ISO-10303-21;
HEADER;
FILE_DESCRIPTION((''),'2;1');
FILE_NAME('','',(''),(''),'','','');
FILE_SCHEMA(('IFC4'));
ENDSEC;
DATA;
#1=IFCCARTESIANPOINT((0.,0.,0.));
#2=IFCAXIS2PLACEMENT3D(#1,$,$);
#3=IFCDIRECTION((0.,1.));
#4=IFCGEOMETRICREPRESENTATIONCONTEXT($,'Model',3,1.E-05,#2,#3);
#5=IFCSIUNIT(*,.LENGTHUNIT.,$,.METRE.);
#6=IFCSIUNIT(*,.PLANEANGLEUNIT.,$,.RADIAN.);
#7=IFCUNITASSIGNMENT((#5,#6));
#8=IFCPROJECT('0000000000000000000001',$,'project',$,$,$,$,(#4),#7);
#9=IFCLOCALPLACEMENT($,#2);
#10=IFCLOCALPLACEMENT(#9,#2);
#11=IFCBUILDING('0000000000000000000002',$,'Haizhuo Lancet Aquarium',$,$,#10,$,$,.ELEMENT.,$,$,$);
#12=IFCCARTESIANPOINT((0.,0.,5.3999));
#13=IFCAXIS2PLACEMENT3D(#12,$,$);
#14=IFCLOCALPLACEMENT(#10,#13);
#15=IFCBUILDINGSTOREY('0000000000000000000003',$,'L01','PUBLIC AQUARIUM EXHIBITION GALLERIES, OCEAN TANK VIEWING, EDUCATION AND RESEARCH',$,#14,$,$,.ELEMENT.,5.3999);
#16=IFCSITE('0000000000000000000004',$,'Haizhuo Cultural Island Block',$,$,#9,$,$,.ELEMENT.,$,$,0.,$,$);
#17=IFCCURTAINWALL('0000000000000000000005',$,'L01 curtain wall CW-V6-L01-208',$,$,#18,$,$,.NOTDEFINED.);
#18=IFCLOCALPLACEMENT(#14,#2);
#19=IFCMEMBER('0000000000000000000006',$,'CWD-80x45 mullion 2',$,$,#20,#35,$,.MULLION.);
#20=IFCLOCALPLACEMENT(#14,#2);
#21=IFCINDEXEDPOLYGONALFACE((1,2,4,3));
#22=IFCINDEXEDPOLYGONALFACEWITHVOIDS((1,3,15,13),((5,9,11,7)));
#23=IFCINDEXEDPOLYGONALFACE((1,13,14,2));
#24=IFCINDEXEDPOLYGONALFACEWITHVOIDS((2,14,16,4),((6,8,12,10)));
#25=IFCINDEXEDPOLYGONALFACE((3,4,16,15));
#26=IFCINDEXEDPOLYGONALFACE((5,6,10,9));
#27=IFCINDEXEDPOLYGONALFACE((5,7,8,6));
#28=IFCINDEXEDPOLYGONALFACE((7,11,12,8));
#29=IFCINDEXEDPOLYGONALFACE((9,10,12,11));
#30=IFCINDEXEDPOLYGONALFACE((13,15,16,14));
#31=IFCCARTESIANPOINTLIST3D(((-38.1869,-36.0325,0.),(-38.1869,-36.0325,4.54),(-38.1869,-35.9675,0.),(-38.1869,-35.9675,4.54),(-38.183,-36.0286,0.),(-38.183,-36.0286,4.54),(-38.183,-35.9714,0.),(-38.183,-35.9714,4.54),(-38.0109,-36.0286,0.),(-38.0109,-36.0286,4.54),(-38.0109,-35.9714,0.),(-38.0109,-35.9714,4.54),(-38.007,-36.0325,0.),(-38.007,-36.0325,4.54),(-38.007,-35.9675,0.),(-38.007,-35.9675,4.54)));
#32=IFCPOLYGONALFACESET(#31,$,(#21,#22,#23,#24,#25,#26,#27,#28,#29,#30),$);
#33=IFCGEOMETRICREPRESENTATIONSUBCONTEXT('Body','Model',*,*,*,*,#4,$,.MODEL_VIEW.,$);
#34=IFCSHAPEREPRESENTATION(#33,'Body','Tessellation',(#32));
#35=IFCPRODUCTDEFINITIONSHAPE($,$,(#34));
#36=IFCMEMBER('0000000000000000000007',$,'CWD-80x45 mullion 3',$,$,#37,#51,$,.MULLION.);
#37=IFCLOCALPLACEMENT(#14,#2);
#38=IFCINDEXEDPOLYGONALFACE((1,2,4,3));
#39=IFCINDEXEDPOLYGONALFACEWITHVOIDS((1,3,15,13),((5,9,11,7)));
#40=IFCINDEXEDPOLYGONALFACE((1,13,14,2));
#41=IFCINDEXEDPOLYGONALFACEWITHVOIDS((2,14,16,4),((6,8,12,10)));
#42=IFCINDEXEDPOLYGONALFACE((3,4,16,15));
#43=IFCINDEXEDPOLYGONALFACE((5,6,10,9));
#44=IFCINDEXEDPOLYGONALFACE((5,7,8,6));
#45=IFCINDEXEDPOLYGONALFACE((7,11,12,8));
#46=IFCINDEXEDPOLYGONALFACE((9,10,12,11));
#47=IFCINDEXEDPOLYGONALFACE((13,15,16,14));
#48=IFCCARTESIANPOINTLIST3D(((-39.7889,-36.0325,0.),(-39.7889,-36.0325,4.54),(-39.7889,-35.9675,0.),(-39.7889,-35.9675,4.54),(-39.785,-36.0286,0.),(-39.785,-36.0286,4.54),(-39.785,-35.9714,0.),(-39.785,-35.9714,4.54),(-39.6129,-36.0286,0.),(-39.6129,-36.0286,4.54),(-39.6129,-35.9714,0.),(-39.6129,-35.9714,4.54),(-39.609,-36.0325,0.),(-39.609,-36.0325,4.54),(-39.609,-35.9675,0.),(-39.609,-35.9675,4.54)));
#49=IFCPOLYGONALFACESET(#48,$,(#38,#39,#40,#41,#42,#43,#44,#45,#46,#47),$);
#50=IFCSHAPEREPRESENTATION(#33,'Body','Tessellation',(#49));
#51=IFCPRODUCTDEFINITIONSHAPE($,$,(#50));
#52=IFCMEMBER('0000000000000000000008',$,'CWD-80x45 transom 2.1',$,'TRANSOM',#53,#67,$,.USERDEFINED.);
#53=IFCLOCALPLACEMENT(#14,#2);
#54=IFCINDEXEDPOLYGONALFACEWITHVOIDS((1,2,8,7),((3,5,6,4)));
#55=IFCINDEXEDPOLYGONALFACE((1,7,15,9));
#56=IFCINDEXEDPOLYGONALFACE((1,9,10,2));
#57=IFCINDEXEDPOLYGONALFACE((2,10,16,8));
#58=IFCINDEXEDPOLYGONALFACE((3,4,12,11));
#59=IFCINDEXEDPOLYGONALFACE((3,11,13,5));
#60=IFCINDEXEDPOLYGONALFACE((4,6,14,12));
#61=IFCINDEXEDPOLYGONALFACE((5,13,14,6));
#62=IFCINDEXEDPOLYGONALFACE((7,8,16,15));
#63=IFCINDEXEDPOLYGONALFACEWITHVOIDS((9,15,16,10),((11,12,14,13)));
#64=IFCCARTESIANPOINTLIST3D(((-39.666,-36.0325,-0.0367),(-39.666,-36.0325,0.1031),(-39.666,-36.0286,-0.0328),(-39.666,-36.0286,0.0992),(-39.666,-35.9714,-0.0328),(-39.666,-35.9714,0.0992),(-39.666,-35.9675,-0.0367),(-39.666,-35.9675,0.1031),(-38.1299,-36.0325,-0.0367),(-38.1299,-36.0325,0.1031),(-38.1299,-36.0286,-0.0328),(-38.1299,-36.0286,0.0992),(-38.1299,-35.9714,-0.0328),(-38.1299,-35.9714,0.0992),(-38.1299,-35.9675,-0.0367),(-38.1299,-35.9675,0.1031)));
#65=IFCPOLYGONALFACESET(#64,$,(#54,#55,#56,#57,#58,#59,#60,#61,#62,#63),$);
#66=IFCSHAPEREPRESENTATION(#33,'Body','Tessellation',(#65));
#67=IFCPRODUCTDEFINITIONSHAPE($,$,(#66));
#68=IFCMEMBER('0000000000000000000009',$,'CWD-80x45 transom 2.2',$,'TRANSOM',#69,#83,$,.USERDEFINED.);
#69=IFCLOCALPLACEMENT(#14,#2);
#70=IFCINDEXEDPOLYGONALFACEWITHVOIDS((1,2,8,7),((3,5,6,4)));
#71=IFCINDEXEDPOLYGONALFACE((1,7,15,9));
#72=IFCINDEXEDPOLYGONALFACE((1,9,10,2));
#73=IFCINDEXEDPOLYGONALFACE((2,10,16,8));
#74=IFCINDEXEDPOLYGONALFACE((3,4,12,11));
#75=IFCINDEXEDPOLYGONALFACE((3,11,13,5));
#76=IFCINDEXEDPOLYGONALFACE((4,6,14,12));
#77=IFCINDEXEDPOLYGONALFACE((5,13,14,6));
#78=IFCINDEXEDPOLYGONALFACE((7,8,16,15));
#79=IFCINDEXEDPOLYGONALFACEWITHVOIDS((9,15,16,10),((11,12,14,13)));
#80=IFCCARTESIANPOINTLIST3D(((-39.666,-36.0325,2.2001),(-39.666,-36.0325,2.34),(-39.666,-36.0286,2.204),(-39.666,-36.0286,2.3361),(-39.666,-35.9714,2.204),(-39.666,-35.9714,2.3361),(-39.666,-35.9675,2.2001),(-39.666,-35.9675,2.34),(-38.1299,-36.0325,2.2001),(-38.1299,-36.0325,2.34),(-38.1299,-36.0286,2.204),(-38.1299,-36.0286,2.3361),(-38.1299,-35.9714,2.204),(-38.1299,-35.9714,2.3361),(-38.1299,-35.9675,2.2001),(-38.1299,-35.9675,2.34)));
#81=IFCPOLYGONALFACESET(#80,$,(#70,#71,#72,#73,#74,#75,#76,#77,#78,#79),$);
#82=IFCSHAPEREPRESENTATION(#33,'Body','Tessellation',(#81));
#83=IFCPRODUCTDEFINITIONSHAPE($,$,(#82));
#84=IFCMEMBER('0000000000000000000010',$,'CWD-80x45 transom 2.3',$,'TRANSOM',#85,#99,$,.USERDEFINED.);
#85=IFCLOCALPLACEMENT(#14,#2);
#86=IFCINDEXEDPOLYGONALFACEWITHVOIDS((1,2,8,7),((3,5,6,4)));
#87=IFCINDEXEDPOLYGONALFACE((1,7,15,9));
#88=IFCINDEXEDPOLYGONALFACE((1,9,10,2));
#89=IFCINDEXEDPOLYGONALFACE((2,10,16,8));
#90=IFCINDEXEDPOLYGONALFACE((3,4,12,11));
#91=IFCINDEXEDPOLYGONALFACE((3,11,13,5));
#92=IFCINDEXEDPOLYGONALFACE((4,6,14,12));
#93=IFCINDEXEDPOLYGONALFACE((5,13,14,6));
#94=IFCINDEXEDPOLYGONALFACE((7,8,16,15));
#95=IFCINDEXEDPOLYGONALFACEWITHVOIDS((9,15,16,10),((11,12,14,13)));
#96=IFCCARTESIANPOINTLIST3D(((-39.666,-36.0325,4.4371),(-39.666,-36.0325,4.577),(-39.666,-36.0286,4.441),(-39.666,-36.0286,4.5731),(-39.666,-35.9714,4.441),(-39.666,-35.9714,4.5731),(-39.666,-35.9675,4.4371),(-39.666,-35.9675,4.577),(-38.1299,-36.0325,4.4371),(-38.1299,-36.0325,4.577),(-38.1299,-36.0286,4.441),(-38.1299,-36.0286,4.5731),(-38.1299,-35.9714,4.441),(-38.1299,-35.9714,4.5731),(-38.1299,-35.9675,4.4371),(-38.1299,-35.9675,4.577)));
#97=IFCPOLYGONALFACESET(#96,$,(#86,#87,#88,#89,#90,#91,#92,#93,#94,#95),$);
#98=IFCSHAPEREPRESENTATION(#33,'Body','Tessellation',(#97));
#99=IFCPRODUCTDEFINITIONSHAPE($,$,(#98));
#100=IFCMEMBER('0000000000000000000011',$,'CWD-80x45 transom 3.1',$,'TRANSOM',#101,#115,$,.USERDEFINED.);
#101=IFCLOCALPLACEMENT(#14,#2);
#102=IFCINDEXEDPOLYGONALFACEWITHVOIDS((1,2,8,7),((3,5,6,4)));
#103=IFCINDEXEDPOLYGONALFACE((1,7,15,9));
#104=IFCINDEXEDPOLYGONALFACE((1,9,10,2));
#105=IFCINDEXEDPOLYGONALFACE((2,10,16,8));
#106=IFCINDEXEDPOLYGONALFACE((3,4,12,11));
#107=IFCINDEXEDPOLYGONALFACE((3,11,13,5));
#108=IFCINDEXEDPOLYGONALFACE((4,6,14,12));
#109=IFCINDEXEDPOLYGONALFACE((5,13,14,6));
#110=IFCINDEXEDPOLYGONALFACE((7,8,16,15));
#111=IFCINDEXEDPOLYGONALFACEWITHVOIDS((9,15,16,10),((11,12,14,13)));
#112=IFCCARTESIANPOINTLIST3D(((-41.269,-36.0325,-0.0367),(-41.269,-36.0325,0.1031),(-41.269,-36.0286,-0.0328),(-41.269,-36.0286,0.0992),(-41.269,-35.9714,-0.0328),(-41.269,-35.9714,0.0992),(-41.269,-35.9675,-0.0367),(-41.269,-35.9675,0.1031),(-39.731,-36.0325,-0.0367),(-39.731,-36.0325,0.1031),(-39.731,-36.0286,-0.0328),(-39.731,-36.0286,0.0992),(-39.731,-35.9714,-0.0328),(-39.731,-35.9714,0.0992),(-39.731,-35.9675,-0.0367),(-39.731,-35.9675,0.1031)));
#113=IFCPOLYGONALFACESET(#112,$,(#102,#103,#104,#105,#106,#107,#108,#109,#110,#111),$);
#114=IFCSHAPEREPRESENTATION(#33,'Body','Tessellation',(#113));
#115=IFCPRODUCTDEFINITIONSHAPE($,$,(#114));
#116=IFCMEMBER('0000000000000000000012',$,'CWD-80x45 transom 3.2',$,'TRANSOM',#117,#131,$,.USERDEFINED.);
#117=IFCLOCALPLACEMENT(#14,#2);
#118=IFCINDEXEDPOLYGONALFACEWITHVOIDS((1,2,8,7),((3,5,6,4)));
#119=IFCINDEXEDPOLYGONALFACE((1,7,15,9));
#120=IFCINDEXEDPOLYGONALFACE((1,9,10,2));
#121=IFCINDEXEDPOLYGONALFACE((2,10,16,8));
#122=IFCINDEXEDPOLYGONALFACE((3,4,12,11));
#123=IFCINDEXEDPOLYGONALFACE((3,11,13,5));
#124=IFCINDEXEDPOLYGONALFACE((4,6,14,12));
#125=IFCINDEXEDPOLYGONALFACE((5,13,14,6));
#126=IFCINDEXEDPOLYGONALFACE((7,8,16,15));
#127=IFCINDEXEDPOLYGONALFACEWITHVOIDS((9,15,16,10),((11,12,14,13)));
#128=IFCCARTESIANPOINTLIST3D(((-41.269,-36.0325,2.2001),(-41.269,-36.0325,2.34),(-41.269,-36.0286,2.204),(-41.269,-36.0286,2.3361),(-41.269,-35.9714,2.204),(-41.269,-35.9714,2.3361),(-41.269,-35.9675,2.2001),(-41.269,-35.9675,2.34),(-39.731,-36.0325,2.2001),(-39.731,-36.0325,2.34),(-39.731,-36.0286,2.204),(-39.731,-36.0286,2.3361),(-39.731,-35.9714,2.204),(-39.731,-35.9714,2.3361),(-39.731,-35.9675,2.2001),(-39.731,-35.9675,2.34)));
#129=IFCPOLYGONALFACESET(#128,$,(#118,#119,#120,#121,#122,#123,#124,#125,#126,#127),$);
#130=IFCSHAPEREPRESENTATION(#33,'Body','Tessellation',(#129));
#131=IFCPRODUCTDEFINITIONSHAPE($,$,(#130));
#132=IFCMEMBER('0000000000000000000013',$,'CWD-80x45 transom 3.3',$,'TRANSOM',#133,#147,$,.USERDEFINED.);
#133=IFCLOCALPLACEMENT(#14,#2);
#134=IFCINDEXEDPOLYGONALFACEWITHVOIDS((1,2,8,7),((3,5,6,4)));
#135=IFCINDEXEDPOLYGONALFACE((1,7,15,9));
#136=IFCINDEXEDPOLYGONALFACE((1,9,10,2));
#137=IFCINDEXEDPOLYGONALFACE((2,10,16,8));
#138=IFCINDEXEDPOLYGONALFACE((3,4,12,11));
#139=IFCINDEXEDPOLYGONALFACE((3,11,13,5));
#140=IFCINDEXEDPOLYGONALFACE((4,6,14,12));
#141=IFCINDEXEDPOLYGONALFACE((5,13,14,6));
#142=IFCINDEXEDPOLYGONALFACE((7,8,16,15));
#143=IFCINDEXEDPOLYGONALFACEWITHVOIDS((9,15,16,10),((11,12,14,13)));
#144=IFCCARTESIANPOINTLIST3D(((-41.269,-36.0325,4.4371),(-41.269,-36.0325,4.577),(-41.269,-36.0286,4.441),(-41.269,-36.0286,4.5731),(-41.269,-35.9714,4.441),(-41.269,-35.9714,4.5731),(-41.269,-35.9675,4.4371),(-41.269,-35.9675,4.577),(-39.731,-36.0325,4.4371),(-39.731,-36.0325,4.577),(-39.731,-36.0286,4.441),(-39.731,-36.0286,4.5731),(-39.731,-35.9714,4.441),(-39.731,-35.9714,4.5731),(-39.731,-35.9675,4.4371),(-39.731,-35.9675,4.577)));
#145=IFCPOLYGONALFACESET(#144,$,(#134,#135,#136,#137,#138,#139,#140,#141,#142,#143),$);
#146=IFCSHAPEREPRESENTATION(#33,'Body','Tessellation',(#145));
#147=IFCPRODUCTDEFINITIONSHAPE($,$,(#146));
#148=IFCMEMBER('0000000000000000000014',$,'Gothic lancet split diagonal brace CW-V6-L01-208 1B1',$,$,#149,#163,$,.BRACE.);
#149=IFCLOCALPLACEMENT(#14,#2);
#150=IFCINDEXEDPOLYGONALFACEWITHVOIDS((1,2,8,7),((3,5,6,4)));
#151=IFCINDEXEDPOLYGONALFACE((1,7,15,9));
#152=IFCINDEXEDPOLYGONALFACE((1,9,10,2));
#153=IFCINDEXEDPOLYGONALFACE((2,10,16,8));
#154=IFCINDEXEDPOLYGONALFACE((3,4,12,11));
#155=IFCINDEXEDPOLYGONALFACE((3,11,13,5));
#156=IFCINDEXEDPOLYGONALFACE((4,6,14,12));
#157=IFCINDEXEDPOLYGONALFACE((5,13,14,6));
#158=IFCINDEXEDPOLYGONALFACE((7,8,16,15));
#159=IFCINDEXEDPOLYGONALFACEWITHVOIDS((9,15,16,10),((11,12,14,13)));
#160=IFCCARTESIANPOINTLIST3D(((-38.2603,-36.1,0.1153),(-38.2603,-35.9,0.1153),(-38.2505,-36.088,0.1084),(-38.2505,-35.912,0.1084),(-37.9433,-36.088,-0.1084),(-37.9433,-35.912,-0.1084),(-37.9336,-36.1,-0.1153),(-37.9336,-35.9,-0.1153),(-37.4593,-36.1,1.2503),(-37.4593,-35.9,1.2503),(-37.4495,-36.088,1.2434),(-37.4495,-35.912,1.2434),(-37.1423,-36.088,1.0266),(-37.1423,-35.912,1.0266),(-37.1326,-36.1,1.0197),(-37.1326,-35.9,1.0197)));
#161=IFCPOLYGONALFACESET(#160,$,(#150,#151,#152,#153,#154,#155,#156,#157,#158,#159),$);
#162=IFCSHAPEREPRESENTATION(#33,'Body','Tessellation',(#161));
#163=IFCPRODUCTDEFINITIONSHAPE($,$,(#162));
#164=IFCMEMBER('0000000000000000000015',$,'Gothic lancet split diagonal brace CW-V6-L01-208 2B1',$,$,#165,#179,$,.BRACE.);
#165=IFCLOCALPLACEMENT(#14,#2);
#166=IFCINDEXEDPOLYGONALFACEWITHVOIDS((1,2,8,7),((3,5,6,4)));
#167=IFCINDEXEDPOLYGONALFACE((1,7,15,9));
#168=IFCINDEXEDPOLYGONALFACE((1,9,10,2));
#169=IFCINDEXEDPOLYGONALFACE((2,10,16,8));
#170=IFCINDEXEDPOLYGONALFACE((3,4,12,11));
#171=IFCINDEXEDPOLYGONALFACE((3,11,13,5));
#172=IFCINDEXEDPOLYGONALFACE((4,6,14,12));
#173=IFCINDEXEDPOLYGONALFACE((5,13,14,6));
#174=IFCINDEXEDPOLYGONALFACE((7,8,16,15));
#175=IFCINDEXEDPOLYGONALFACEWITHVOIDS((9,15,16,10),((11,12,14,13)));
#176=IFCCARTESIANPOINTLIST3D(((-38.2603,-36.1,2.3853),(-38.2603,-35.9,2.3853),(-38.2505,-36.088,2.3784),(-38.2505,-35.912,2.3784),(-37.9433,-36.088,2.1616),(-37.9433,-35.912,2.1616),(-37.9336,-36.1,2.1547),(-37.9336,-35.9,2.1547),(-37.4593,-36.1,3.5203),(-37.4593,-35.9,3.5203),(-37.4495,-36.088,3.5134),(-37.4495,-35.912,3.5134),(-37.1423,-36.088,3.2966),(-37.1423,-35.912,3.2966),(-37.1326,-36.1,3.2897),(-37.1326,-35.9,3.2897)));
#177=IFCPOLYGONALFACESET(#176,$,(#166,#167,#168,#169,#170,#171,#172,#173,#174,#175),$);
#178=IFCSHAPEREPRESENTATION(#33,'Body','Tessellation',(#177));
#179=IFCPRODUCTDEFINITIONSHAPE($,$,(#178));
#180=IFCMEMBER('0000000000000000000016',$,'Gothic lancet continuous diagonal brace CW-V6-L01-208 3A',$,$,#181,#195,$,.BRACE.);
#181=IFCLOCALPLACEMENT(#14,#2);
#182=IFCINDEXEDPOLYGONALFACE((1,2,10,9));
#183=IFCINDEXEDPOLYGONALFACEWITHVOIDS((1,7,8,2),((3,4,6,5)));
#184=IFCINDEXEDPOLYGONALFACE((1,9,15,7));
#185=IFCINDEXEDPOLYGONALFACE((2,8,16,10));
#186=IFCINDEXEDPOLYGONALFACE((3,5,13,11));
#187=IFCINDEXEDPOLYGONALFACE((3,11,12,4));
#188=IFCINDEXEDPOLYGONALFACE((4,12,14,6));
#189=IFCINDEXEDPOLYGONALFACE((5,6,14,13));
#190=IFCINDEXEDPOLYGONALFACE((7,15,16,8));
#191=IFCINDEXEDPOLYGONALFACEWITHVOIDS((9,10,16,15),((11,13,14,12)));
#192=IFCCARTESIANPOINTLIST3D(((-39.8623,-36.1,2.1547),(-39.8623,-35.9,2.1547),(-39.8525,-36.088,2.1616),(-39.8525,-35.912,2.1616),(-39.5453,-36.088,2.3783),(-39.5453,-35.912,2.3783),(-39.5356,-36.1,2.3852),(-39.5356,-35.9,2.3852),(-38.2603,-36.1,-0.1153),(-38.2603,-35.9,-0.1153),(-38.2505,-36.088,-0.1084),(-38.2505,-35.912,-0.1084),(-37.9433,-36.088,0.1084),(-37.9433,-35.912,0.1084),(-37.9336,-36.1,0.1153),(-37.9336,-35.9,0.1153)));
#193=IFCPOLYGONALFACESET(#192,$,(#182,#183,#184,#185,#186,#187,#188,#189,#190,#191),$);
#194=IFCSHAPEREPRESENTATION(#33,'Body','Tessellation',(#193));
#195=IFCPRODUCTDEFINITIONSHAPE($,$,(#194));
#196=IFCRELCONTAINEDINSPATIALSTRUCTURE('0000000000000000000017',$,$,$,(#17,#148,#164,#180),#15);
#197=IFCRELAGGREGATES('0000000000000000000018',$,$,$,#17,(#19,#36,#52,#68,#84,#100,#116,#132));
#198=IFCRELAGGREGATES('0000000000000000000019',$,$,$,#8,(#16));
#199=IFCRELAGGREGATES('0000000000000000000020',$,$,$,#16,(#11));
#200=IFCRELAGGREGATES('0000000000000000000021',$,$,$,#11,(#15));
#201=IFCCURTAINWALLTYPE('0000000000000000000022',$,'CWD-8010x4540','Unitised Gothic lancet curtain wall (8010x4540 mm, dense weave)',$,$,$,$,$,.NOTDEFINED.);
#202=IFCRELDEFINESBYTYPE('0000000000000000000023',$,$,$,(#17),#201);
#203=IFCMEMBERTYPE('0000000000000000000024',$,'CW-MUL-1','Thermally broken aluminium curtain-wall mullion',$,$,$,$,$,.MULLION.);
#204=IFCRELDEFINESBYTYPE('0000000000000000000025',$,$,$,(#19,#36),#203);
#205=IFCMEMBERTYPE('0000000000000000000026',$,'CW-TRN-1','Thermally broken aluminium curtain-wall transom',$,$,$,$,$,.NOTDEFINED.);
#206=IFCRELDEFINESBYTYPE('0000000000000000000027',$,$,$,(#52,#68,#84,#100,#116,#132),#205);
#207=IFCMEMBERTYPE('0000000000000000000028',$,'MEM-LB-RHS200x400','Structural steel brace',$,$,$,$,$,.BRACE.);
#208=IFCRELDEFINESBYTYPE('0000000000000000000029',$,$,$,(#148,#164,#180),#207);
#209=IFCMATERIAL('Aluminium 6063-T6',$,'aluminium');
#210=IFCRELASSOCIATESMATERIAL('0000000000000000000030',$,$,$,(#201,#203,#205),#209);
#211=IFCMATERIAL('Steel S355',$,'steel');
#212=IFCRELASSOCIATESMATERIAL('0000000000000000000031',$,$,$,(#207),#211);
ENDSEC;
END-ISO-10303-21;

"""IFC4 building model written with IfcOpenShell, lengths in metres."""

from ifc_helpers import new_model, si_unit, direction, frame, origin, origin_2d, place, context, subcontext, project, spatial, hollow_rectangle, extrude, material, material_profile, profile_set, type_object, element, aggregate, save


model = new_model("IFC4")

# Units and contexts
model_context = context("Model", 3, precision=1e-05, world=origin(), true_north=direction((0.0, 1.0)))
body_context = subcontext(model_context, "Body", "Model", "MODEL_VIEW")
ifc_project = project(units=[si_unit("LENGTHUNIT", "METRE"), si_unit("PLANEANGLEUNIT", "RADIAN")], contexts=[model_context])

# Site, building, storey
site_placement = place(None, origin())
site = spatial("IfcSite", under=ifc_project, at=site_placement, Name="Haizhuo Cultural Island Block", CompositionType="ELEMENT", RefElevation=0.0)
building_placement = place(site_placement, origin())
building = spatial("IfcBuilding", under=site, at=building_placement, Name="Haizhuo Lancet Aquarium", CompositionType="ELEMENT")
storey_placement = place(building_placement, frame((0.0, 0.0, 5.3999)))
storey = spatial("IfcBuildingStorey", under=building, at=storey_placement, Name="L01", Description="PUBLIC AQUARIUM EXHIBITION GALLERIES, OCEAN TANK VIEWING, EDUCATION AND RESEARCH", CompositionType="ELEMENT", Elevation=5.3999)

# Curtain wall, members
ifc_material_1 = material(Name="Aluminium 6063-T6", Category="aluminium")
curtain_wall_type = type_object("IfcCurtainWallType", Name="CWD-8010x4540", Description="Unitised Gothic lancet curtain wall (8010x4540 mm, dense weave)", PredefinedType="NOTDEFINED", material=ifc_material_1)
curtain_wall_placement = place(storey_placement, origin())
curtain_wall = element("IfcCurtainWall", 1, at=curtain_wall_placement, inside=storey, type_object=curtain_wall_type, Name="L01 curtain wall CW-V6-L01-208", PredefinedType="NOTDEFINED")
ifc_material_profile_1 = material_profile(ifc_material_1, hollow_rectangle(XDim=0.0649, YDim=0.1799, WallThickness=0.0039, at=origin_2d()), Name="ALU-M 65x180x4")
ifc_profile_set_1 = profile_set([ifc_material_profile_1], Name="Aluminium 6063-T6")
member_type_1 = type_object("IfcMemberType", Name="CW-MUL-1", Description="Thermally broken aluminium curtain-wall mullion", PredefinedType="MULLION", material=ifc_profile_set_1)
member_1_placement = place(storey_placement, frame((-38.0969, -36.0, 0.0), z_axis=(0.0, 0.0, 1.0), x_axis=(0.0, -1.0, 0.0)))
member_1 = element("IfcMember", 2, at=member_1_placement, type_object=member_type_1, Name="CWD-80x45 mullion 2", PredefinedType="MULLION", context=body_context, shape_type="SweptSolid", body=[
    extrude(hollow_rectangle(XDim=0.0649, YDim=0.1799, WallThickness=0.0039, at=origin_2d()), origin(), (0.0, 0.0, 1.0), 4.54),
])
member_2_placement = place(storey_placement, frame((-39.699, -36.0, 0.0), z_axis=(0.0, 0.0, 1.0), x_axis=(0.0, -1.0, 0.0)))
member_2 = element("IfcMember", 3, at=member_2_placement, type_object=member_type_1, Name="CWD-80x45 mullion 3", PredefinedType="MULLION", context=body_context, shape_type="SweptSolid", body=[
    extrude(hollow_rectangle(XDim=0.0649, YDim=0.1799, WallThickness=0.0039, at=origin_2d()), origin(), (0.0, 0.0, 1.0), 4.54),
])
ifc_material_profile_2 = material_profile(ifc_material_1, hollow_rectangle(XDim=0.0649, YDim=0.1399, WallThickness=0.0039, at=origin_2d()), Name="ALU-T 65x140x4")
ifc_profile_set_2 = profile_set([ifc_material_profile_2], Name="Aluminium 6063-T6")
member_type_2 = type_object("IfcMemberType", Name="CW-TRN-1", Description="Thermally broken aluminium curtain-wall transom", PredefinedType="NOTDEFINED", material=ifc_profile_set_2)
member_3_placement = place(storey_placement, frame((-38.1299, -36.0, 0.0332), z_axis=(-1.0, 0.0, 0.0), x_axis=(0.0, -1.0, 0.0)))
member_3 = element("IfcMember", 4, at=member_3_placement, type_object=member_type_2, Name="CWD-80x45 transom 2.1", ObjectType="TRANSOM", PredefinedType="USERDEFINED", context=body_context, shape_type="SweptSolid", body=[
    extrude(hollow_rectangle(XDim=0.0649, YDim=0.1399, WallThickness=0.0039, at=origin_2d()), origin(), (0.0, 0.0, 1.0), 1.5361),
])
member_4_placement = place(storey_placement, frame((-38.1299, -36.0, 2.27), z_axis=(-1.0, 0.0, 0.0), x_axis=(0.0, -1.0, 0.0)))
member_4 = element("IfcMember", 5, at=member_4_placement, type_object=member_type_2, Name="CWD-80x45 transom 2.2", ObjectType="TRANSOM", PredefinedType="USERDEFINED", context=body_context, shape_type="SweptSolid", body=[
    extrude(hollow_rectangle(XDim=0.0649, YDim=0.1399, WallThickness=0.0039, at=origin_2d()), origin(), (0.0, 0.0, 1.0), 1.5361),
])
member_5_placement = place(storey_placement, frame((-38.1299, -36.0, 4.5071), z_axis=(-1.0, 0.0, 0.0), x_axis=(0.0, -1.0, 0.0)))
member_5 = element("IfcMember", 6, at=member_5_placement, type_object=member_type_2, Name="CWD-80x45 transom 2.3", ObjectType="TRANSOM", PredefinedType="USERDEFINED", context=body_context, shape_type="SweptSolid", body=[
    extrude(hollow_rectangle(XDim=0.0649, YDim=0.1399, WallThickness=0.0039, at=origin_2d()), origin(), (0.0, 0.0, 1.0), 1.5361),
])
member_6_placement = place(storey_placement, frame((-39.731, -36.0, 0.0332), z_axis=(-1.0, 0.0, 0.0), x_axis=(0.0, -1.0, 0.0)))
member_6 = element("IfcMember", 7, at=member_6_placement, type_object=member_type_2, Name="CWD-80x45 transom 3.1", ObjectType="TRANSOM", PredefinedType="USERDEFINED", context=body_context, shape_type="SweptSolid", body=[
    extrude(hollow_rectangle(XDim=0.0649, YDim=0.1399, WallThickness=0.0039, at=origin_2d()), origin(), (0.0, 0.0, 1.0), 1.5381),
])
member_7_placement = place(storey_placement, frame((-39.731, -36.0, 2.27), z_axis=(-1.0, 0.0, 0.0), x_axis=(0.0, -1.0, 0.0)))
member_7 = element("IfcMember", 8, at=member_7_placement, type_object=member_type_2, Name="CWD-80x45 transom 3.2", ObjectType="TRANSOM", PredefinedType="USERDEFINED", context=body_context, shape_type="SweptSolid", body=[
    extrude(hollow_rectangle(XDim=0.0649, YDim=0.1399, WallThickness=0.0039, at=origin_2d()), origin(), (0.0, 0.0, 1.0), 1.5381),
])
member_8_placement = place(storey_placement, frame((-39.731, -36.0, 4.5071), z_axis=(-1.0, 0.0, 0.0), x_axis=(0.0, -1.0, 0.0)))
member_8 = element("IfcMember", 9, at=member_8_placement, type_object=member_type_2, Name="CWD-80x45 transom 3.3", ObjectType="TRANSOM", PredefinedType="USERDEFINED", context=body_context, shape_type="SweptSolid", body=[
    extrude(hollow_rectangle(XDim=0.0649, YDim=0.1399, WallThickness=0.0039, at=origin_2d()), origin(), (0.0, 0.0, 1.0), 1.5381),
])

# Members
ifc_material_2 = material(Name="Steel S355", Category="steel")
ifc_material_profile_3 = material_profile(ifc_material_2, hollow_rectangle(XDim=0.2, YDim=0.3999, WallThickness=0.012, at=origin_2d()), Name="RHS 200x400x12")
ifc_profile_set_3 = profile_set([ifc_material_profile_3], Name="Steel S355")
member_type_3 = type_object("IfcMemberType", Name="MEM-LB-RHS200x400", Description="Structural steel brace", PredefinedType="BRACE", material=ifc_profile_set_3)
for number, where, z_axis, x_axis, name in (
    (10, (-38.0969, -36.0, 0.0), (0.576607, 0.0, 0.817021), (0.0, 1.0, 0.0), "Gothic lancet split diagonal brace CW-V6-L01-208 1B1"),
    (11, (-38.0969, -36.0, 2.27), (0.576607, 0.0, 0.817021), (0.0, 1.0, 0.0), "Gothic lancet split diagonal brace CW-V6-L01-208 2B1"),
):
    element("IfcMember", number, at=place(storey_placement, frame(where, z_axis=z_axis, x_axis=x_axis)), inside=storey, type_object=member_type_3, Name=name, PredefinedType="BRACE", context=body_context, shape_type="SweptSolid", body=[
        extrude(hollow_rectangle(XDim=0.2, YDim=0.3999, WallThickness=0.012, at=origin_2d()), origin(), (0.0, 0.0, 1.0), 1.3892),
    ])
member_9_placement = place(storey_placement, frame((-38.0969, -36.0, 0.0), z_axis=(-0.576607, 0.0, 0.817021), x_axis=(0.0, -1.0, 0.0)))
element("IfcMember", 12, at=member_9_placement, inside=storey, type_object=member_type_3, Name="Gothic lancet continuous diagonal brace CW-V6-L01-208 3A", PredefinedType="BRACE", context=body_context, shape_type="SweptSolid", body=[
    extrude(hollow_rectangle(XDim=0.2, YDim=0.3999, WallThickness=0.012, at=origin_2d()), origin(), (0.0, 0.0, 1.0), 2.7783),
])

aggregate(curtain_wall, [member_1, member_2, member_3, member_4, member_5, member_6, member_7, member_8])

save(model, "model.ifc")
